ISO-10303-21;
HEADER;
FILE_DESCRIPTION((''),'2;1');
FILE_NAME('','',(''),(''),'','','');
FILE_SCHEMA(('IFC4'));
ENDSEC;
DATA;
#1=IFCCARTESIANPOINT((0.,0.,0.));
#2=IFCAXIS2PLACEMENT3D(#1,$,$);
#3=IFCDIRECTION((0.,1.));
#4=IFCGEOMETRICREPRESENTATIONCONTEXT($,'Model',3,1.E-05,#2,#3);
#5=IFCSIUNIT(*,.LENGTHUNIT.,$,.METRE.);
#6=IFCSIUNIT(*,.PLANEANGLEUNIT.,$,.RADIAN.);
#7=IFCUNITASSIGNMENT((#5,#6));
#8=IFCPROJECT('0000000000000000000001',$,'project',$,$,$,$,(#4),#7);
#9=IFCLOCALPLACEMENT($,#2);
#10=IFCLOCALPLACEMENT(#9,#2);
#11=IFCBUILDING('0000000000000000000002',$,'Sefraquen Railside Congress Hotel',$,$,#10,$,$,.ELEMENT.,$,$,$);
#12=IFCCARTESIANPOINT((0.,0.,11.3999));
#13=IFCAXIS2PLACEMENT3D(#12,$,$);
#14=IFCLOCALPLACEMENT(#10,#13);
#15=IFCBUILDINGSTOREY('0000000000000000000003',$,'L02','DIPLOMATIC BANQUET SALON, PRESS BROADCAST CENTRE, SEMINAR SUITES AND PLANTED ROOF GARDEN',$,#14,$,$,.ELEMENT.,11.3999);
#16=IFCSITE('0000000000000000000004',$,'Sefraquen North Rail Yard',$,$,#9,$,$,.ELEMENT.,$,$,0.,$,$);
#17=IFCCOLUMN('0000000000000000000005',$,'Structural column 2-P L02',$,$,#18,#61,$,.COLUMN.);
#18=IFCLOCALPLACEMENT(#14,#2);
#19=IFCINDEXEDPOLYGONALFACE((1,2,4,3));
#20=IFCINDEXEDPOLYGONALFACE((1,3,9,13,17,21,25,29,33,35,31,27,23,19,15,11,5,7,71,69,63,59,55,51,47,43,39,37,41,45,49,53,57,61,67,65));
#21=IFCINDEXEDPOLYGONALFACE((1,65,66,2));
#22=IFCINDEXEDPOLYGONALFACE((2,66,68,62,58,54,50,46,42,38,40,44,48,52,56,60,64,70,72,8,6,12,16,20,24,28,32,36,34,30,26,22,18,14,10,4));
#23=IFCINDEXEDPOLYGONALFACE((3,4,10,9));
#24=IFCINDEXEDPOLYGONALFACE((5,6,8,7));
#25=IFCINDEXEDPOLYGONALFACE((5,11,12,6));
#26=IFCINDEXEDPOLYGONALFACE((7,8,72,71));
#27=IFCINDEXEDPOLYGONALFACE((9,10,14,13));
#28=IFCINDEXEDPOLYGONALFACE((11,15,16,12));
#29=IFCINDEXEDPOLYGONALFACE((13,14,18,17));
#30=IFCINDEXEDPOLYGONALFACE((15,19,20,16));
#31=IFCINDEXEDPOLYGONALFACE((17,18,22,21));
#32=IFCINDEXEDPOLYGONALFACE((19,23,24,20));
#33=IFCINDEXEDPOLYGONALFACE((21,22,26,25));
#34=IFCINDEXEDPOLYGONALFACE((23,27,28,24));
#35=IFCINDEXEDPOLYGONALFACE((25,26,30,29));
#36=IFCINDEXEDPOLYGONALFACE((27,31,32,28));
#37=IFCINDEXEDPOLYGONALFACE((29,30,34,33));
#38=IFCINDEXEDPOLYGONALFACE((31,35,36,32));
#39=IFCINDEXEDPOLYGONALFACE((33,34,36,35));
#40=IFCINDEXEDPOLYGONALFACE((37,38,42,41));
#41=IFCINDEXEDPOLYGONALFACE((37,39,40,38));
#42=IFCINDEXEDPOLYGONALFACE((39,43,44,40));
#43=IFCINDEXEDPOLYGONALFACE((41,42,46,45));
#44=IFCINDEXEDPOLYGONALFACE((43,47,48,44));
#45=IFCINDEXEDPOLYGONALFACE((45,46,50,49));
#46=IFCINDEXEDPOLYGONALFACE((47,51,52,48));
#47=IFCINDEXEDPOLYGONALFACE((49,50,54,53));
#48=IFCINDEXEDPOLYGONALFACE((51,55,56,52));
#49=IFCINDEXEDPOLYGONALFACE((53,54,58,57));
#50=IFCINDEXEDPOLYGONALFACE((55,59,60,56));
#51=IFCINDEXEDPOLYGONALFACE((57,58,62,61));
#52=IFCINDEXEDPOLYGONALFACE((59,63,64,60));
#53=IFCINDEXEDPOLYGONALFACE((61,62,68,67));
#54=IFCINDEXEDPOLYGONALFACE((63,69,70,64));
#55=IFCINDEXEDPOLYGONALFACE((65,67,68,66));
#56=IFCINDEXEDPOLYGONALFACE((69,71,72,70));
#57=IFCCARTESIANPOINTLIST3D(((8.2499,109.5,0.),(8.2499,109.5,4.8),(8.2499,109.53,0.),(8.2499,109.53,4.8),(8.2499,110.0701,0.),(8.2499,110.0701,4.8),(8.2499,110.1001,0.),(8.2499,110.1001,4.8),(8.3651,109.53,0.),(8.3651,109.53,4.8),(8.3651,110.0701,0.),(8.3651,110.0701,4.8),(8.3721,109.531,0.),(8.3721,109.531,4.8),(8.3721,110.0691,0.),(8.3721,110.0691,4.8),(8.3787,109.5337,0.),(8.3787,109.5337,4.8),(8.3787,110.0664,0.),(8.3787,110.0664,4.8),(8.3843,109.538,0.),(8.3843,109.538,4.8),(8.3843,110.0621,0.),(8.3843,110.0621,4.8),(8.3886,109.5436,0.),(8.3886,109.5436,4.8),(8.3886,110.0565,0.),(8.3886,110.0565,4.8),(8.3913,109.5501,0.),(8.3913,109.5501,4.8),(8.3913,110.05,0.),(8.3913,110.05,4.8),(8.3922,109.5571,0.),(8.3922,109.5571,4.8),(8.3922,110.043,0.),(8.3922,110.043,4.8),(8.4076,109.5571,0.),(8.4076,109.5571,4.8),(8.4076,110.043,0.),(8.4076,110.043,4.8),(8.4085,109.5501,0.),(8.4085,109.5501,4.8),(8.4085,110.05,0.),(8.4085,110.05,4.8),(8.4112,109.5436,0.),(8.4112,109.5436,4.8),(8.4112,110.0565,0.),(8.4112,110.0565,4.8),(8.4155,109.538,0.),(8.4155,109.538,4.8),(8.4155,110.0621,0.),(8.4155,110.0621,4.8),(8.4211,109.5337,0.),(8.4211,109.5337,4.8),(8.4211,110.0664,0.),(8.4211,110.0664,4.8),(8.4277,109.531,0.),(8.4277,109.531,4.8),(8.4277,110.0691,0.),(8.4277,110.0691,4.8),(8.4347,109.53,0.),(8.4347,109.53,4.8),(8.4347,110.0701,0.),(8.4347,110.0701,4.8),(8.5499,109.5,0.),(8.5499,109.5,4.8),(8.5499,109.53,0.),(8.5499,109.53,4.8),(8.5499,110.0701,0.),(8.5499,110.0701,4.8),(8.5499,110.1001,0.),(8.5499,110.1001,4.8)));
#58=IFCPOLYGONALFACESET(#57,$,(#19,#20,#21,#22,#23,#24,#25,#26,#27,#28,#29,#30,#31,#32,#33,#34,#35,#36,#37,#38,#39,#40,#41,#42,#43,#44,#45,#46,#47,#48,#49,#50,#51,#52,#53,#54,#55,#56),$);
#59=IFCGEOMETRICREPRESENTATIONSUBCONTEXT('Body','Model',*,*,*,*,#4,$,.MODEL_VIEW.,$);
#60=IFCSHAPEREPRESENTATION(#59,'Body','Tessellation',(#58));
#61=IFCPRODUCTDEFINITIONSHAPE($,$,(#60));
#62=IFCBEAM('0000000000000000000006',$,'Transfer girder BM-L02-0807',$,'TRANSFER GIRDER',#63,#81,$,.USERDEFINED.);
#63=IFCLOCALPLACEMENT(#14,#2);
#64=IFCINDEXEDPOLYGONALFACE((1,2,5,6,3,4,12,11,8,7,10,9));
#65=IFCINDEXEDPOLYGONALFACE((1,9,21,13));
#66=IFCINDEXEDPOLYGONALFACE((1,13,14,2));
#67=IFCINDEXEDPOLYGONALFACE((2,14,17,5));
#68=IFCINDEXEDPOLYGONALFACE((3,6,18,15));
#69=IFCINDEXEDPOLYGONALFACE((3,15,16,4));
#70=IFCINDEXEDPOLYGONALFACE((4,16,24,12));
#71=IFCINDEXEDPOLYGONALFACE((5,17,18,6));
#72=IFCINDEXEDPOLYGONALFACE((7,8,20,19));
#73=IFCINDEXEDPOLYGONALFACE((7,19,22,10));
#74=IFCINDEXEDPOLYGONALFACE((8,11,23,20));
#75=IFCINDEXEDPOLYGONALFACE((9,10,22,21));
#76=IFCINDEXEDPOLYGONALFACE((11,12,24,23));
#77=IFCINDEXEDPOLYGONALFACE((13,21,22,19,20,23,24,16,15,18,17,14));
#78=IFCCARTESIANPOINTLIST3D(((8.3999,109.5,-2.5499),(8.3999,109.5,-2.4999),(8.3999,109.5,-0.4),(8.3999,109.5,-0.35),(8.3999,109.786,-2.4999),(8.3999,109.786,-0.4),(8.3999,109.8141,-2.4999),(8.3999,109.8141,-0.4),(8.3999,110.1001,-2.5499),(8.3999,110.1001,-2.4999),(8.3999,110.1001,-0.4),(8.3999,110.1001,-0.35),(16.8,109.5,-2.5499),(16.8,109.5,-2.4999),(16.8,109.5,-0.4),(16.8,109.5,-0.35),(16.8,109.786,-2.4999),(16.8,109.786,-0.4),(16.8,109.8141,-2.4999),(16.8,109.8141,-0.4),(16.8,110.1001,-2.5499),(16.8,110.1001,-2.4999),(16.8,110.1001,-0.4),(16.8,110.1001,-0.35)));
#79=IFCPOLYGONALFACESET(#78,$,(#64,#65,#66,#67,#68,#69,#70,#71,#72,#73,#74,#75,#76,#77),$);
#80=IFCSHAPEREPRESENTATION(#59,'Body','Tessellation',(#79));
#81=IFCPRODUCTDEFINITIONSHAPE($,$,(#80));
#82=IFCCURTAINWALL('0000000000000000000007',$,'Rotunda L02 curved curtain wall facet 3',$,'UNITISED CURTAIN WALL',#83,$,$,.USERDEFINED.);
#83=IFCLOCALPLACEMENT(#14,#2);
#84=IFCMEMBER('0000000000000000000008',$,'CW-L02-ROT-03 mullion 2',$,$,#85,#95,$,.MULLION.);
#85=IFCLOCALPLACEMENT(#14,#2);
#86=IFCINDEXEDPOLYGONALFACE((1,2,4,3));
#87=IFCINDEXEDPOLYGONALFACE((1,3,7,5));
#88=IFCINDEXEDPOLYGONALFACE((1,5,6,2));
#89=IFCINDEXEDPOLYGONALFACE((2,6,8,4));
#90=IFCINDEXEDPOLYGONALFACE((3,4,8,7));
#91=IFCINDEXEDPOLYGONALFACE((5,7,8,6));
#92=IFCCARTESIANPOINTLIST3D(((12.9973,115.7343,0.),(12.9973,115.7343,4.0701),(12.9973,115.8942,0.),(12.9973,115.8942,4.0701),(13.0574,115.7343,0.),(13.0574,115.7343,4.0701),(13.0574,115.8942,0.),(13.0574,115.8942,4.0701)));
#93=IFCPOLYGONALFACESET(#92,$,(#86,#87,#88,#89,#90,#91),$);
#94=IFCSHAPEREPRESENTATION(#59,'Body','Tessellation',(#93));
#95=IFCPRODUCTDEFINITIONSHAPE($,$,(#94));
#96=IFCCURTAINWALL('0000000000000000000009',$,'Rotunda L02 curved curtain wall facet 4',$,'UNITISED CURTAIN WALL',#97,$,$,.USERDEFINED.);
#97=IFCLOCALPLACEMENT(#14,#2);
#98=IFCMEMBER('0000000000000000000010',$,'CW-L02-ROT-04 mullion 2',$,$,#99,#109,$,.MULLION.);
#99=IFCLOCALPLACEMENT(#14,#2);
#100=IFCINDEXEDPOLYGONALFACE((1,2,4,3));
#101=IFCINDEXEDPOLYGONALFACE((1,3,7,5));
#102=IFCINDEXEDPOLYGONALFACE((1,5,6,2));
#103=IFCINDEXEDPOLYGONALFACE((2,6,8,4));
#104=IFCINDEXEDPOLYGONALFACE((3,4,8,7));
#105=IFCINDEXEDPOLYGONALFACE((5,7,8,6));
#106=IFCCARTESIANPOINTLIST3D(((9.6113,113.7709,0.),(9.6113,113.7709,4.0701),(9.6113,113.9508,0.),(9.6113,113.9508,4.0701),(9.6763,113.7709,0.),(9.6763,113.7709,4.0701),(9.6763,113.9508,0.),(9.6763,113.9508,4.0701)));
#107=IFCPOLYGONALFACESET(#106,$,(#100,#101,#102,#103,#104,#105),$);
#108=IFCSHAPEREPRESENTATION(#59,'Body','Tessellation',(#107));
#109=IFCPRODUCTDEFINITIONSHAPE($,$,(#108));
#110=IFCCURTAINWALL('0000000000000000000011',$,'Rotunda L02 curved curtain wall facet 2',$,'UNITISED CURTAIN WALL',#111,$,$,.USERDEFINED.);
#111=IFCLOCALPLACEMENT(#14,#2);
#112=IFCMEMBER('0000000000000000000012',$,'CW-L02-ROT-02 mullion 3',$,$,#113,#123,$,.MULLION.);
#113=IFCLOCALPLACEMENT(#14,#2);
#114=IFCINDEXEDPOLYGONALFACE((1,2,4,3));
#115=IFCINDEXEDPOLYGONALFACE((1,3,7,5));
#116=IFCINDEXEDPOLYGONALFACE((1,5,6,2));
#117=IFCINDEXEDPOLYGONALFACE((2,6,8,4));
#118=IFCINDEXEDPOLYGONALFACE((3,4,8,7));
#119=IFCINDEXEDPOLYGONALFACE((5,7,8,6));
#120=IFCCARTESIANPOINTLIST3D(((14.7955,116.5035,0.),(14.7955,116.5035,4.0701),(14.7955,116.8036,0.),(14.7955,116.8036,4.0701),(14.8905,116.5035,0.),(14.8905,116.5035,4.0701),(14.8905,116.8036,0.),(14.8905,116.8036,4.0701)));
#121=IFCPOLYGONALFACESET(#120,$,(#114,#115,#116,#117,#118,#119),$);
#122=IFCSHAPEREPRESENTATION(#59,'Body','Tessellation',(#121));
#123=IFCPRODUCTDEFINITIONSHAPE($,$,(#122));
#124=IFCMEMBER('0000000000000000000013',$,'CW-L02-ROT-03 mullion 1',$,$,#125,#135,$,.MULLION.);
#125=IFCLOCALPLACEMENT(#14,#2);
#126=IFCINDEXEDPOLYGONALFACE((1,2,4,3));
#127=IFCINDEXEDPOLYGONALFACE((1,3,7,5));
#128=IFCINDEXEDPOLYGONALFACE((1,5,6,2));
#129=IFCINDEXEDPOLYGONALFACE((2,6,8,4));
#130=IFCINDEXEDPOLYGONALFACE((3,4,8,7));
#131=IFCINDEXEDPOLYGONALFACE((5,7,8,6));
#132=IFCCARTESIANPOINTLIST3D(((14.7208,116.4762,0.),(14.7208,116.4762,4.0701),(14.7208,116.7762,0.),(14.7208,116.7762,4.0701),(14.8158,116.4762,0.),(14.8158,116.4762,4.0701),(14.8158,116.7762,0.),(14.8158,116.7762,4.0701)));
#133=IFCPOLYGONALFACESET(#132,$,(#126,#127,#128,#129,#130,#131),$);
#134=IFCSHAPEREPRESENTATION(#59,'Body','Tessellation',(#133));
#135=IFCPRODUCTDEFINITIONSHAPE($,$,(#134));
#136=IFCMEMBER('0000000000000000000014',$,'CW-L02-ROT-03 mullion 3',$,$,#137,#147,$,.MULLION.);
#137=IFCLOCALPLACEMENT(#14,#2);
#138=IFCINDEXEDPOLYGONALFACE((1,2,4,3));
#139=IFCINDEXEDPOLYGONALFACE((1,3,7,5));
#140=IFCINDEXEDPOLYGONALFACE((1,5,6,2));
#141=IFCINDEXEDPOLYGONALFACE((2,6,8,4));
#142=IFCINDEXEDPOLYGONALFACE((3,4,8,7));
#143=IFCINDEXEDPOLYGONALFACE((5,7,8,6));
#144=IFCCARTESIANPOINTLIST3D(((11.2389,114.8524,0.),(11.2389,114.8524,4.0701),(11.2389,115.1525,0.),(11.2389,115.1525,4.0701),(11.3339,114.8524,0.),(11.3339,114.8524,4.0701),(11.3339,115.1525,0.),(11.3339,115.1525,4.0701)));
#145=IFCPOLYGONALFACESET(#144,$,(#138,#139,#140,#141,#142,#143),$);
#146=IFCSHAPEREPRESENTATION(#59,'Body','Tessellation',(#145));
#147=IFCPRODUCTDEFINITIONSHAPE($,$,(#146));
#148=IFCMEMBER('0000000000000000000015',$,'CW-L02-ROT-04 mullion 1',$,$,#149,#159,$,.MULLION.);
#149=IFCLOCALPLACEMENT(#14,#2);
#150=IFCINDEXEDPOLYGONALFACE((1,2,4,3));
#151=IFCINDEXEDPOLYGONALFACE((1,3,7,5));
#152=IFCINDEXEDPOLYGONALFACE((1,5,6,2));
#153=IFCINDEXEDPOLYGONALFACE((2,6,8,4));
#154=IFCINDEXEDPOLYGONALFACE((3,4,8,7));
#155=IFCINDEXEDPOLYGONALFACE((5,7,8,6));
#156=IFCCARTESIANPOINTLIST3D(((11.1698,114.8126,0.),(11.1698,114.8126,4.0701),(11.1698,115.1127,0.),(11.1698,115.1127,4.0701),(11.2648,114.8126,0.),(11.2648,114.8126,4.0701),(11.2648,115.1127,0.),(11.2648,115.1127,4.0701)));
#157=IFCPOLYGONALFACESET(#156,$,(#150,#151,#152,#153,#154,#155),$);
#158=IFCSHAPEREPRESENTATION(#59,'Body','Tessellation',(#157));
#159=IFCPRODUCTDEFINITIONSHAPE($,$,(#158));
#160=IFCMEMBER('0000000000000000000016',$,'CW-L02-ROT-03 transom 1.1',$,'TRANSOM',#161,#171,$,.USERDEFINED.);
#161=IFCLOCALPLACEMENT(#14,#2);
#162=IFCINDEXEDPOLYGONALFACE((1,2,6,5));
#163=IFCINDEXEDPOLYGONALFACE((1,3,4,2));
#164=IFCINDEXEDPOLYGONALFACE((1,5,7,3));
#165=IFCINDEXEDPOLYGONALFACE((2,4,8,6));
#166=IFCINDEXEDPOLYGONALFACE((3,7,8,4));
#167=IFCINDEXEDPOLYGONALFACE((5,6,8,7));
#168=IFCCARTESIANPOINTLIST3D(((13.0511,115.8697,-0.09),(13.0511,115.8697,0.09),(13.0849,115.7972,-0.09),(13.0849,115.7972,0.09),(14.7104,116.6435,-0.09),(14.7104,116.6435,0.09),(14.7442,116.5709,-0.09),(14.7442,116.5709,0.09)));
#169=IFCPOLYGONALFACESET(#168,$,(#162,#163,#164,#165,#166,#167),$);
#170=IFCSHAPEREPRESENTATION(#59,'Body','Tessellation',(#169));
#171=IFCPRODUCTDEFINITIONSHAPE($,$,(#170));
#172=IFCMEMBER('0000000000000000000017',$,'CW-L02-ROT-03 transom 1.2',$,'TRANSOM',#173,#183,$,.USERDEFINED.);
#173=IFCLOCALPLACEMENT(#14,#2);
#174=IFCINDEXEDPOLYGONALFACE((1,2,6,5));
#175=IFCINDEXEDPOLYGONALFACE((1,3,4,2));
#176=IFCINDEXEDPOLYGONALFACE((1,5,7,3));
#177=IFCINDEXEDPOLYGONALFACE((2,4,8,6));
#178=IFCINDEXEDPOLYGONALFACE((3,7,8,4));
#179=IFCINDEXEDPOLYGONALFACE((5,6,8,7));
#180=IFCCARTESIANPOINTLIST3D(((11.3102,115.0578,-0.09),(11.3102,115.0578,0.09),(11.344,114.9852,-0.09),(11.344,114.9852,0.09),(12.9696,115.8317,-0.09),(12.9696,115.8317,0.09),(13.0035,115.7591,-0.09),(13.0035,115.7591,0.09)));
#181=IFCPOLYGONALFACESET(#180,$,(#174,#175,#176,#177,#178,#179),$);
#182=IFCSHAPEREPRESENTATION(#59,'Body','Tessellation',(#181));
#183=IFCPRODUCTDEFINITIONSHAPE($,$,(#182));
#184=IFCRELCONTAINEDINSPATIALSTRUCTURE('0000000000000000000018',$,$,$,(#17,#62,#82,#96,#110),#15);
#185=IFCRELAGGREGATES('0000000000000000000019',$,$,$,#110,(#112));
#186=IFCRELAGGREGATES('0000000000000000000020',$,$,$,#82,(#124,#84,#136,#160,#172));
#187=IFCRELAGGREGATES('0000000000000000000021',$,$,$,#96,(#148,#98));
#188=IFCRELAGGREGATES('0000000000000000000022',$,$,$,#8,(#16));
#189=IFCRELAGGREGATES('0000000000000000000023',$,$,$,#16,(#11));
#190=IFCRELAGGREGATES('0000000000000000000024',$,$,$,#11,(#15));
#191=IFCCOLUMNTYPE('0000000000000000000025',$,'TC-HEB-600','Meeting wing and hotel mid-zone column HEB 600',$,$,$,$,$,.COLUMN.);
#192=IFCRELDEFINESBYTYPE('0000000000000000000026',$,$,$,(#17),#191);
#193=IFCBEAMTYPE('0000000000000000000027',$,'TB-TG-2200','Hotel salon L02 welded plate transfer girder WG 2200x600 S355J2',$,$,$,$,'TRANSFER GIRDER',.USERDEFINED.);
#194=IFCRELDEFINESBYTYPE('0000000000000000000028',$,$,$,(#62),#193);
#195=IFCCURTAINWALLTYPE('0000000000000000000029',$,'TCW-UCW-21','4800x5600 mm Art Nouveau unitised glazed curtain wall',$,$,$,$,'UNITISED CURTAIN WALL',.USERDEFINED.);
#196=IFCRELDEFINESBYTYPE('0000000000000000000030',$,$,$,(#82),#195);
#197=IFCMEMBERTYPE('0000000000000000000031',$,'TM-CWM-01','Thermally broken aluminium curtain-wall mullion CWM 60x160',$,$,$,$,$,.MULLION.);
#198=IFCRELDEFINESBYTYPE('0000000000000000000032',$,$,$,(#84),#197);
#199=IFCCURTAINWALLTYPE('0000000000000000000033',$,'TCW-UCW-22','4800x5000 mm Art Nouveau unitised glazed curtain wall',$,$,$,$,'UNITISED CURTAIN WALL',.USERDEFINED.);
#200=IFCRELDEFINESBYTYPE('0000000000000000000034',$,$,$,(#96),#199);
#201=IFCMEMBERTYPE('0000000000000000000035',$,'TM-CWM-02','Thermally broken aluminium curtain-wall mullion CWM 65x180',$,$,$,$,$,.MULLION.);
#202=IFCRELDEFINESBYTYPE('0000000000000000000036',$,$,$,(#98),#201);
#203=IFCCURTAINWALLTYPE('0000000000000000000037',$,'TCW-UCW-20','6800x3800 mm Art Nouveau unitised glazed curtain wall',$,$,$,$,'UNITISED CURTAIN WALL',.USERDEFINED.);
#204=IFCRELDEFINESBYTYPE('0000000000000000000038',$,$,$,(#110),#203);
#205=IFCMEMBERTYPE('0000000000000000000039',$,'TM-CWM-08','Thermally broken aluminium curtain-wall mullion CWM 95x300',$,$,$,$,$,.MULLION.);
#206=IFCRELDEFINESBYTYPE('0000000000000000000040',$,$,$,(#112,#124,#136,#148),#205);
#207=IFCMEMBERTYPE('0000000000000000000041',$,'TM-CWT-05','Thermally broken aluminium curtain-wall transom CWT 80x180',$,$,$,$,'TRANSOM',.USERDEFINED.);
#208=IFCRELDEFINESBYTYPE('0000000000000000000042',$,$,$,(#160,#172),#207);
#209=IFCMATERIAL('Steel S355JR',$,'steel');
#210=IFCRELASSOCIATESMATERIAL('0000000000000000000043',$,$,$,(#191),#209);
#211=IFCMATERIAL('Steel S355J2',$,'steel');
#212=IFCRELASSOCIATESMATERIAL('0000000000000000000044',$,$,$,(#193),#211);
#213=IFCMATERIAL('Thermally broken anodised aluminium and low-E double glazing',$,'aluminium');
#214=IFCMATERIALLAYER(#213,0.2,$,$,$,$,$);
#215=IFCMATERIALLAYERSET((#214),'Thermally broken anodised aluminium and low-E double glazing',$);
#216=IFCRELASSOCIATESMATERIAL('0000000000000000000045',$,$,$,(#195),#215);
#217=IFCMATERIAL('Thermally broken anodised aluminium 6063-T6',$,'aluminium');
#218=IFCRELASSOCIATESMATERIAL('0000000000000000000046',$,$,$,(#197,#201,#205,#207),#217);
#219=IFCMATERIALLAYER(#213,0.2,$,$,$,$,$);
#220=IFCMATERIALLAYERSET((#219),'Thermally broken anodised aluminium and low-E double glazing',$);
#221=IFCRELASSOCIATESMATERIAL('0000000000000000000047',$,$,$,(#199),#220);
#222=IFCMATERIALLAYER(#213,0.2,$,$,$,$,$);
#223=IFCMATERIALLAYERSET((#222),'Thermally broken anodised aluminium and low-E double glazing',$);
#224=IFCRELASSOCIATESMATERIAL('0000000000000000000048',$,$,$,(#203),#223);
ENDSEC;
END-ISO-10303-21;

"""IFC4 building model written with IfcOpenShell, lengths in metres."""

from ifc_helpers import new_model, si_unit, direction, frame, origin, origin_2d, place, context, subcontext, project, spatial, rectangle, i_section, extrude, material, layer, layer_set, material_profile, profile_set, type_object, element, aggregate, save


model = new_model("IFC4")

# Units and contexts
model_context = context("Model", 3, precision=1e-05, world=origin(), true_north=direction((0.0, 1.0)))
body_context = subcontext(model_context, "Body", "Model", "MODEL_VIEW")
ifc_project = project(units=[si_unit("LENGTHUNIT", "METRE"), si_unit("PLANEANGLEUNIT", "RADIAN")], contexts=[model_context])

# Site, building, storey
site_placement = place(None, origin())
site = spatial("IfcSite", under=ifc_project, at=site_placement, Name="Sefraquen North Rail Yard", CompositionType="ELEMENT", RefElevation=0.0)
building_placement = place(site_placement, origin())
building = spatial("IfcBuilding", under=site, at=building_placement, Name="Sefraquen Railside Congress Hotel", CompositionType="ELEMENT")
storey_placement = place(building_placement, frame((0.0, 0.0, 11.3999)))
storey = spatial("IfcBuildingStorey", under=building, at=storey_placement, Name="L02", Description="DIPLOMATIC BANQUET SALON, PRESS BROADCAST CENTRE, SEMINAR SUITES AND PLANTED ROOF GARDEN", CompositionType="ELEMENT", Elevation=11.3999)

# Column
ifc_material_1 = material(Name="Steel S355JR", Category="steel")
ifc_material_profile_1 = material_profile(ifc_material_1, i_section(OverallWidth=0.3, OverallDepth=0.6001, WebThickness=0.0154, FlangeThickness=0.03, FilletRadius=0.0271, at=origin_2d()), Name="HEB 600")
ifc_profile_set_1 = profile_set([ifc_material_profile_1], Name="Steel S355JR")
column_type = type_object("IfcColumnType", Name="TC-HEB-600", Description="Meeting wing and hotel mid-zone column HEB 600", PredefinedType="COLUMN", material=ifc_profile_set_1)
column_placement = place(storey_placement, frame((8.3999, 109.8, 0.0), z_axis=(0.0, 0.0, 1.0), x_axis=(1.0, 0.0, 0.0)))
element("IfcColumn", 1, at=column_placement, inside=storey, type_object=column_type, Name="Structural column 2-P L02", PredefinedType="COLUMN", context=body_context, shape_type="SweptSolid", body=[
    extrude(i_section(OverallWidth=0.3, OverallDepth=0.6001, WebThickness=0.0154, FlangeThickness=0.03, FilletRadius=0.0271, at=origin_2d()), origin(), (0.0, 0.0, 1.0), 4.8),
])

# Beam
ifc_material_2 = material(Name="Steel S355J2", Category="steel")
ifc_material_profile_2 = material_profile(ifc_material_2, i_section(OverallWidth=0.6001, OverallDepth=2.2, WebThickness=0.0281, FlangeThickness=0.05, at=origin_2d()), Name="WG 2200x600")
ifc_profile_set_2 = profile_set([ifc_material_profile_2], Name="Steel S355J2")
beam_type = type_object("IfcBeamType", Name="TB-TG-2200", Description="Hotel salon L02 welded plate transfer girder WG 2200x600 S355J2", ElementType="TRANSFER GIRDER", PredefinedType="USERDEFINED", material=ifc_profile_set_2)
beam_placement = place(storey_placement, frame((8.3999, 109.8, -1.45), z_axis=(1.0, 0.0, 0.0), x_axis=(0.0, 1.0, 0.0)))
element("IfcBeam", 2, at=beam_placement, inside=storey, type_object=beam_type, Name="Transfer girder BM-L02-0807", ObjectType="TRANSFER GIRDER", PredefinedType="USERDEFINED", context=body_context, shape_type="SweptSolid", body=[
    extrude(i_section(OverallWidth=0.6001, OverallDepth=2.2, WebThickness=0.0281, FlangeThickness=0.05, at=origin_2d()), origin(), (0.0, 0.0, 1.0), 8.4001),
])

# Curtain walls, members
ifc_material_3 = material(Name="Thermally broken anodised aluminium and low-E double glazing", Category="aluminium")
ifc_layer_1 = layer(ifc_material_3, 0.2)
ifc_layer_set_1 = layer_set([ifc_layer_1], Name="Thermally broken anodised aluminium and low-E double glazing")
curtain_wall_type_1 = type_object("IfcCurtainWallType", Name="TCW-UCW-21", Description="4800x5600 mm Art Nouveau unitised glazed curtain wall", ElementType="UNITISED CURTAIN WALL", PredefinedType="USERDEFINED", material=ifc_layer_set_1)
curtain_wall_1_placement = place(storey_placement, origin())
curtain_wall_1 = element("IfcCurtainWall", 3, at=curtain_wall_1_placement, inside=storey, type_object=curtain_wall_type_1, Name="Rotunda L02 curved curtain wall facet 3", ObjectType="UNITISED CURTAIN WALL", PredefinedType="USERDEFINED")
ifc_material_4 = material(Name="Thermally broken anodised aluminium 6063-T6", Category="aluminium")
ifc_material_profile_3 = material_profile(ifc_material_4, rectangle(XDim=0.0601, YDim=0.1599, at=origin_2d()), Name="CWM 60x160")
ifc_profile_set_3 = profile_set([ifc_material_profile_3], Name="Thermally broken anodised aluminium 6063-T6")
member_type_1 = type_object("IfcMemberType", Name="TM-CWM-01", Description="Thermally broken aluminium curtain-wall mullion CWM 60x160", PredefinedType="MULLION", material=ifc_profile_set_3)
member_1_placement = place(storey_placement, frame((13.0273, 115.8142, 0.0), z_axis=(0.0, 0.0, 1.0), x_axis=(1.0, 0.0, 0.0)))
member_1 = element("IfcMember", 4, at=member_1_placement, type_object=member_type_1, Name="CW-L02-ROT-03 mullion 2", PredefinedType="MULLION", context=body_context, shape_type="SweptSolid", body=[
    extrude(rectangle(XDim=0.0601, YDim=0.1599, at=origin_2d()), origin(), (0.0, 0.0, 1.0), 4.0701),
])
ifc_layer_2 = layer(ifc_material_3, 0.2)
ifc_layer_set_2 = layer_set([ifc_layer_2], Name="Thermally broken anodised aluminium and low-E double glazing")
curtain_wall_type_2 = type_object("IfcCurtainWallType", Name="TCW-UCW-22", Description="4800x5000 mm Art Nouveau unitised glazed curtain wall", ElementType="UNITISED CURTAIN WALL", PredefinedType="USERDEFINED", material=ifc_layer_set_2)
curtain_wall_2_placement = place(storey_placement, origin())
curtain_wall_2 = element("IfcCurtainWall", 5, at=curtain_wall_2_placement, inside=storey, type_object=curtain_wall_type_2, Name="Rotunda L02 curved curtain wall facet 4", ObjectType="UNITISED CURTAIN WALL", PredefinedType="USERDEFINED")
ifc_material_profile_4 = material_profile(ifc_material_4, rectangle(XDim=0.0649, YDim=0.1799, at=origin_2d()), Name="CWM 65x180")
ifc_profile_set_4 = profile_set([ifc_material_profile_4], Name="Thermally broken anodised aluminium 6063-T6")
member_type_2 = type_object("IfcMemberType", Name="TM-CWM-02", Description="Thermally broken aluminium curtain-wall mullion CWM 65x180", PredefinedType="MULLION", material=ifc_profile_set_4)
member_2_placement = place(storey_placement, frame((9.6438, 113.8608, 0.0), z_axis=(0.0, 0.0, 1.0), x_axis=(1.0, 0.0, 0.0)))
member_2 = element("IfcMember", 6, at=member_2_placement, type_object=member_type_2, Name="CW-L02-ROT-04 mullion 2", PredefinedType="MULLION", context=body_context, shape_type="SweptSolid", body=[
    extrude(rectangle(XDim=0.0649, YDim=0.1799, at=origin_2d()), origin(), (0.0, 0.0, 1.0), 4.0701),
])
ifc_layer_3 = layer(ifc_material_3, 0.2)
ifc_layer_set_3 = layer_set([ifc_layer_3], Name="Thermally broken anodised aluminium and low-E double glazing")
curtain_wall_type_3 = type_object("IfcCurtainWallType", Name="TCW-UCW-20", Description="6800x3800 mm Art Nouveau unitised glazed curtain wall", ElementType="UNITISED CURTAIN WALL", PredefinedType="USERDEFINED", material=ifc_layer_set_3)
curtain_wall_3_placement = place(storey_placement, origin())
curtain_wall_3 = element("IfcCurtainWall", 7, at=curtain_wall_3_placement, inside=storey, type_object=curtain_wall_type_3, Name="Rotunda L02 curved curtain wall facet 2", ObjectType="UNITISED CURTAIN WALL", PredefinedType="USERDEFINED")
ifc_material_profile_5 = material_profile(ifc_material_4, rectangle(XDim=0.095, YDim=0.3, at=origin_2d()), Name="CWM 95x300")
ifc_profile_set_5 = profile_set([ifc_material_profile_5], Name="Thermally broken anodised aluminium 6063-T6")
member_type_3 = type_object("IfcMemberType", Name="TM-CWM-08", Description="Thermally broken aluminium curtain-wall mullion CWM 95x300", PredefinedType="MULLION", material=ifc_profile_set_5)
member_3_placement = place(storey_placement, frame((14.843, 116.6536, 0.0), z_axis=(0.0, 0.0, 1.0), x_axis=(1.0, 0.0, 0.0)))
member_3 = element("IfcMember", 8, at=member_3_placement, type_object=member_type_3, Name="CW-L02-ROT-02 mullion 3", PredefinedType="MULLION", context=body_context, shape_type="SweptSolid", body=[
    extrude(rectangle(XDim=0.095, YDim=0.3, at=origin_2d()), origin(), (0.0, 0.0, 1.0), 4.0701),
])
aggregate(curtain_wall_3, [member_3])

# Members
member_4_placement = place(storey_placement, frame((14.7683, 116.6262, 0.0), z_axis=(0.0, 0.0, 1.0), x_axis=(1.0, 0.0, 0.0)))
member_4 = element("IfcMember", 9, at=member_4_placement, type_object=member_type_3, Name="CW-L02-ROT-03 mullion 1", PredefinedType="MULLION", context=body_context, shape_type="SweptSolid", body=[
    extrude(rectangle(XDim=0.095, YDim=0.3, at=origin_2d()), origin(), (0.0, 0.0, 1.0), 4.0701),
])
member_5_placement = place(storey_placement, frame((11.2864, 115.0024, 0.0), z_axis=(0.0, 0.0, 1.0), x_axis=(1.0, 0.0, 0.0)))
member_5 = element("IfcMember", 10, at=member_5_placement, type_object=member_type_3, Name="CW-L02-ROT-03 mullion 3", PredefinedType="MULLION", context=body_context, shape_type="SweptSolid", body=[
    extrude(rectangle(XDim=0.095, YDim=0.3, at=origin_2d()), origin(), (0.0, 0.0, 1.0), 4.0701),
])
member_6_placement = place(storey_placement, frame((11.2173, 114.9626, 0.0), z_axis=(0.0, 0.0, 1.0), x_axis=(1.0, 0.0, 0.0)))
member_6 = element("IfcMember", 11, at=member_6_placement, type_object=member_type_3, Name="CW-L02-ROT-04 mullion 1", PredefinedType="MULLION", context=body_context, shape_type="SweptSolid", body=[
    extrude(rectangle(XDim=0.095, YDim=0.3, at=origin_2d()), origin(), (0.0, 0.0, 1.0), 4.0701),
])
ifc_material_profile_6 = material_profile(ifc_material_4, rectangle(XDim=0.0801, YDim=0.1799, at=origin_2d()), Name="CWT 80x180")
ifc_profile_set_6 = profile_set([ifc_material_profile_6], Name="Thermally broken anodised aluminium 6063-T6")
member_type_4 = type_object("IfcMemberType", Name="TM-CWT-05", Description="Thermally broken aluminium curtain-wall transom CWT 80x180", ElementType="TRANSOM", PredefinedType="USERDEFINED", material=ifc_profile_set_6)
member_7_placement = place(storey_placement, frame((14.7273, 116.6072, 0.0), z_axis=(-0.906309, -0.422615, 0.0), x_axis=(0.422615, -0.906309, 0.0)))
member_7 = element("IfcMember", 12, at=member_7_placement, type_object=member_type_4, Name="CW-L02-ROT-03 transom 1.1", ObjectType="TRANSOM", PredefinedType="USERDEFINED", context=body_context, shape_type="SweptSolid", body=[
    extrude(rectangle(XDim=0.0801, YDim=0.1799, at=origin_2d()), origin(), (0.0, 0.0, 1.0), 1.8308),
])
member_8_placement = place(storey_placement, frame((12.9866, 115.7954, 0.0), z_axis=(-0.906282, -0.422674, 0.0), x_axis=(0.422674, -0.906282, 0.0)))
member_8 = element("IfcMember", 13, at=member_8_placement, type_object=member_type_4, Name="CW-L02-ROT-03 transom 1.2", ObjectType="TRANSOM", PredefinedType="USERDEFINED", context=body_context, shape_type="SweptSolid", body=[
    extrude(rectangle(XDim=0.0801, YDim=0.1799, at=origin_2d()), origin(), (0.0, 0.0, 1.0), 1.8311),
])

aggregate(curtain_wall_1, [member_4, member_1, member_5, member_7, member_8])
aggregate(curtain_wall_2, [member_6, member_2])

save(model, "model.ifc")
